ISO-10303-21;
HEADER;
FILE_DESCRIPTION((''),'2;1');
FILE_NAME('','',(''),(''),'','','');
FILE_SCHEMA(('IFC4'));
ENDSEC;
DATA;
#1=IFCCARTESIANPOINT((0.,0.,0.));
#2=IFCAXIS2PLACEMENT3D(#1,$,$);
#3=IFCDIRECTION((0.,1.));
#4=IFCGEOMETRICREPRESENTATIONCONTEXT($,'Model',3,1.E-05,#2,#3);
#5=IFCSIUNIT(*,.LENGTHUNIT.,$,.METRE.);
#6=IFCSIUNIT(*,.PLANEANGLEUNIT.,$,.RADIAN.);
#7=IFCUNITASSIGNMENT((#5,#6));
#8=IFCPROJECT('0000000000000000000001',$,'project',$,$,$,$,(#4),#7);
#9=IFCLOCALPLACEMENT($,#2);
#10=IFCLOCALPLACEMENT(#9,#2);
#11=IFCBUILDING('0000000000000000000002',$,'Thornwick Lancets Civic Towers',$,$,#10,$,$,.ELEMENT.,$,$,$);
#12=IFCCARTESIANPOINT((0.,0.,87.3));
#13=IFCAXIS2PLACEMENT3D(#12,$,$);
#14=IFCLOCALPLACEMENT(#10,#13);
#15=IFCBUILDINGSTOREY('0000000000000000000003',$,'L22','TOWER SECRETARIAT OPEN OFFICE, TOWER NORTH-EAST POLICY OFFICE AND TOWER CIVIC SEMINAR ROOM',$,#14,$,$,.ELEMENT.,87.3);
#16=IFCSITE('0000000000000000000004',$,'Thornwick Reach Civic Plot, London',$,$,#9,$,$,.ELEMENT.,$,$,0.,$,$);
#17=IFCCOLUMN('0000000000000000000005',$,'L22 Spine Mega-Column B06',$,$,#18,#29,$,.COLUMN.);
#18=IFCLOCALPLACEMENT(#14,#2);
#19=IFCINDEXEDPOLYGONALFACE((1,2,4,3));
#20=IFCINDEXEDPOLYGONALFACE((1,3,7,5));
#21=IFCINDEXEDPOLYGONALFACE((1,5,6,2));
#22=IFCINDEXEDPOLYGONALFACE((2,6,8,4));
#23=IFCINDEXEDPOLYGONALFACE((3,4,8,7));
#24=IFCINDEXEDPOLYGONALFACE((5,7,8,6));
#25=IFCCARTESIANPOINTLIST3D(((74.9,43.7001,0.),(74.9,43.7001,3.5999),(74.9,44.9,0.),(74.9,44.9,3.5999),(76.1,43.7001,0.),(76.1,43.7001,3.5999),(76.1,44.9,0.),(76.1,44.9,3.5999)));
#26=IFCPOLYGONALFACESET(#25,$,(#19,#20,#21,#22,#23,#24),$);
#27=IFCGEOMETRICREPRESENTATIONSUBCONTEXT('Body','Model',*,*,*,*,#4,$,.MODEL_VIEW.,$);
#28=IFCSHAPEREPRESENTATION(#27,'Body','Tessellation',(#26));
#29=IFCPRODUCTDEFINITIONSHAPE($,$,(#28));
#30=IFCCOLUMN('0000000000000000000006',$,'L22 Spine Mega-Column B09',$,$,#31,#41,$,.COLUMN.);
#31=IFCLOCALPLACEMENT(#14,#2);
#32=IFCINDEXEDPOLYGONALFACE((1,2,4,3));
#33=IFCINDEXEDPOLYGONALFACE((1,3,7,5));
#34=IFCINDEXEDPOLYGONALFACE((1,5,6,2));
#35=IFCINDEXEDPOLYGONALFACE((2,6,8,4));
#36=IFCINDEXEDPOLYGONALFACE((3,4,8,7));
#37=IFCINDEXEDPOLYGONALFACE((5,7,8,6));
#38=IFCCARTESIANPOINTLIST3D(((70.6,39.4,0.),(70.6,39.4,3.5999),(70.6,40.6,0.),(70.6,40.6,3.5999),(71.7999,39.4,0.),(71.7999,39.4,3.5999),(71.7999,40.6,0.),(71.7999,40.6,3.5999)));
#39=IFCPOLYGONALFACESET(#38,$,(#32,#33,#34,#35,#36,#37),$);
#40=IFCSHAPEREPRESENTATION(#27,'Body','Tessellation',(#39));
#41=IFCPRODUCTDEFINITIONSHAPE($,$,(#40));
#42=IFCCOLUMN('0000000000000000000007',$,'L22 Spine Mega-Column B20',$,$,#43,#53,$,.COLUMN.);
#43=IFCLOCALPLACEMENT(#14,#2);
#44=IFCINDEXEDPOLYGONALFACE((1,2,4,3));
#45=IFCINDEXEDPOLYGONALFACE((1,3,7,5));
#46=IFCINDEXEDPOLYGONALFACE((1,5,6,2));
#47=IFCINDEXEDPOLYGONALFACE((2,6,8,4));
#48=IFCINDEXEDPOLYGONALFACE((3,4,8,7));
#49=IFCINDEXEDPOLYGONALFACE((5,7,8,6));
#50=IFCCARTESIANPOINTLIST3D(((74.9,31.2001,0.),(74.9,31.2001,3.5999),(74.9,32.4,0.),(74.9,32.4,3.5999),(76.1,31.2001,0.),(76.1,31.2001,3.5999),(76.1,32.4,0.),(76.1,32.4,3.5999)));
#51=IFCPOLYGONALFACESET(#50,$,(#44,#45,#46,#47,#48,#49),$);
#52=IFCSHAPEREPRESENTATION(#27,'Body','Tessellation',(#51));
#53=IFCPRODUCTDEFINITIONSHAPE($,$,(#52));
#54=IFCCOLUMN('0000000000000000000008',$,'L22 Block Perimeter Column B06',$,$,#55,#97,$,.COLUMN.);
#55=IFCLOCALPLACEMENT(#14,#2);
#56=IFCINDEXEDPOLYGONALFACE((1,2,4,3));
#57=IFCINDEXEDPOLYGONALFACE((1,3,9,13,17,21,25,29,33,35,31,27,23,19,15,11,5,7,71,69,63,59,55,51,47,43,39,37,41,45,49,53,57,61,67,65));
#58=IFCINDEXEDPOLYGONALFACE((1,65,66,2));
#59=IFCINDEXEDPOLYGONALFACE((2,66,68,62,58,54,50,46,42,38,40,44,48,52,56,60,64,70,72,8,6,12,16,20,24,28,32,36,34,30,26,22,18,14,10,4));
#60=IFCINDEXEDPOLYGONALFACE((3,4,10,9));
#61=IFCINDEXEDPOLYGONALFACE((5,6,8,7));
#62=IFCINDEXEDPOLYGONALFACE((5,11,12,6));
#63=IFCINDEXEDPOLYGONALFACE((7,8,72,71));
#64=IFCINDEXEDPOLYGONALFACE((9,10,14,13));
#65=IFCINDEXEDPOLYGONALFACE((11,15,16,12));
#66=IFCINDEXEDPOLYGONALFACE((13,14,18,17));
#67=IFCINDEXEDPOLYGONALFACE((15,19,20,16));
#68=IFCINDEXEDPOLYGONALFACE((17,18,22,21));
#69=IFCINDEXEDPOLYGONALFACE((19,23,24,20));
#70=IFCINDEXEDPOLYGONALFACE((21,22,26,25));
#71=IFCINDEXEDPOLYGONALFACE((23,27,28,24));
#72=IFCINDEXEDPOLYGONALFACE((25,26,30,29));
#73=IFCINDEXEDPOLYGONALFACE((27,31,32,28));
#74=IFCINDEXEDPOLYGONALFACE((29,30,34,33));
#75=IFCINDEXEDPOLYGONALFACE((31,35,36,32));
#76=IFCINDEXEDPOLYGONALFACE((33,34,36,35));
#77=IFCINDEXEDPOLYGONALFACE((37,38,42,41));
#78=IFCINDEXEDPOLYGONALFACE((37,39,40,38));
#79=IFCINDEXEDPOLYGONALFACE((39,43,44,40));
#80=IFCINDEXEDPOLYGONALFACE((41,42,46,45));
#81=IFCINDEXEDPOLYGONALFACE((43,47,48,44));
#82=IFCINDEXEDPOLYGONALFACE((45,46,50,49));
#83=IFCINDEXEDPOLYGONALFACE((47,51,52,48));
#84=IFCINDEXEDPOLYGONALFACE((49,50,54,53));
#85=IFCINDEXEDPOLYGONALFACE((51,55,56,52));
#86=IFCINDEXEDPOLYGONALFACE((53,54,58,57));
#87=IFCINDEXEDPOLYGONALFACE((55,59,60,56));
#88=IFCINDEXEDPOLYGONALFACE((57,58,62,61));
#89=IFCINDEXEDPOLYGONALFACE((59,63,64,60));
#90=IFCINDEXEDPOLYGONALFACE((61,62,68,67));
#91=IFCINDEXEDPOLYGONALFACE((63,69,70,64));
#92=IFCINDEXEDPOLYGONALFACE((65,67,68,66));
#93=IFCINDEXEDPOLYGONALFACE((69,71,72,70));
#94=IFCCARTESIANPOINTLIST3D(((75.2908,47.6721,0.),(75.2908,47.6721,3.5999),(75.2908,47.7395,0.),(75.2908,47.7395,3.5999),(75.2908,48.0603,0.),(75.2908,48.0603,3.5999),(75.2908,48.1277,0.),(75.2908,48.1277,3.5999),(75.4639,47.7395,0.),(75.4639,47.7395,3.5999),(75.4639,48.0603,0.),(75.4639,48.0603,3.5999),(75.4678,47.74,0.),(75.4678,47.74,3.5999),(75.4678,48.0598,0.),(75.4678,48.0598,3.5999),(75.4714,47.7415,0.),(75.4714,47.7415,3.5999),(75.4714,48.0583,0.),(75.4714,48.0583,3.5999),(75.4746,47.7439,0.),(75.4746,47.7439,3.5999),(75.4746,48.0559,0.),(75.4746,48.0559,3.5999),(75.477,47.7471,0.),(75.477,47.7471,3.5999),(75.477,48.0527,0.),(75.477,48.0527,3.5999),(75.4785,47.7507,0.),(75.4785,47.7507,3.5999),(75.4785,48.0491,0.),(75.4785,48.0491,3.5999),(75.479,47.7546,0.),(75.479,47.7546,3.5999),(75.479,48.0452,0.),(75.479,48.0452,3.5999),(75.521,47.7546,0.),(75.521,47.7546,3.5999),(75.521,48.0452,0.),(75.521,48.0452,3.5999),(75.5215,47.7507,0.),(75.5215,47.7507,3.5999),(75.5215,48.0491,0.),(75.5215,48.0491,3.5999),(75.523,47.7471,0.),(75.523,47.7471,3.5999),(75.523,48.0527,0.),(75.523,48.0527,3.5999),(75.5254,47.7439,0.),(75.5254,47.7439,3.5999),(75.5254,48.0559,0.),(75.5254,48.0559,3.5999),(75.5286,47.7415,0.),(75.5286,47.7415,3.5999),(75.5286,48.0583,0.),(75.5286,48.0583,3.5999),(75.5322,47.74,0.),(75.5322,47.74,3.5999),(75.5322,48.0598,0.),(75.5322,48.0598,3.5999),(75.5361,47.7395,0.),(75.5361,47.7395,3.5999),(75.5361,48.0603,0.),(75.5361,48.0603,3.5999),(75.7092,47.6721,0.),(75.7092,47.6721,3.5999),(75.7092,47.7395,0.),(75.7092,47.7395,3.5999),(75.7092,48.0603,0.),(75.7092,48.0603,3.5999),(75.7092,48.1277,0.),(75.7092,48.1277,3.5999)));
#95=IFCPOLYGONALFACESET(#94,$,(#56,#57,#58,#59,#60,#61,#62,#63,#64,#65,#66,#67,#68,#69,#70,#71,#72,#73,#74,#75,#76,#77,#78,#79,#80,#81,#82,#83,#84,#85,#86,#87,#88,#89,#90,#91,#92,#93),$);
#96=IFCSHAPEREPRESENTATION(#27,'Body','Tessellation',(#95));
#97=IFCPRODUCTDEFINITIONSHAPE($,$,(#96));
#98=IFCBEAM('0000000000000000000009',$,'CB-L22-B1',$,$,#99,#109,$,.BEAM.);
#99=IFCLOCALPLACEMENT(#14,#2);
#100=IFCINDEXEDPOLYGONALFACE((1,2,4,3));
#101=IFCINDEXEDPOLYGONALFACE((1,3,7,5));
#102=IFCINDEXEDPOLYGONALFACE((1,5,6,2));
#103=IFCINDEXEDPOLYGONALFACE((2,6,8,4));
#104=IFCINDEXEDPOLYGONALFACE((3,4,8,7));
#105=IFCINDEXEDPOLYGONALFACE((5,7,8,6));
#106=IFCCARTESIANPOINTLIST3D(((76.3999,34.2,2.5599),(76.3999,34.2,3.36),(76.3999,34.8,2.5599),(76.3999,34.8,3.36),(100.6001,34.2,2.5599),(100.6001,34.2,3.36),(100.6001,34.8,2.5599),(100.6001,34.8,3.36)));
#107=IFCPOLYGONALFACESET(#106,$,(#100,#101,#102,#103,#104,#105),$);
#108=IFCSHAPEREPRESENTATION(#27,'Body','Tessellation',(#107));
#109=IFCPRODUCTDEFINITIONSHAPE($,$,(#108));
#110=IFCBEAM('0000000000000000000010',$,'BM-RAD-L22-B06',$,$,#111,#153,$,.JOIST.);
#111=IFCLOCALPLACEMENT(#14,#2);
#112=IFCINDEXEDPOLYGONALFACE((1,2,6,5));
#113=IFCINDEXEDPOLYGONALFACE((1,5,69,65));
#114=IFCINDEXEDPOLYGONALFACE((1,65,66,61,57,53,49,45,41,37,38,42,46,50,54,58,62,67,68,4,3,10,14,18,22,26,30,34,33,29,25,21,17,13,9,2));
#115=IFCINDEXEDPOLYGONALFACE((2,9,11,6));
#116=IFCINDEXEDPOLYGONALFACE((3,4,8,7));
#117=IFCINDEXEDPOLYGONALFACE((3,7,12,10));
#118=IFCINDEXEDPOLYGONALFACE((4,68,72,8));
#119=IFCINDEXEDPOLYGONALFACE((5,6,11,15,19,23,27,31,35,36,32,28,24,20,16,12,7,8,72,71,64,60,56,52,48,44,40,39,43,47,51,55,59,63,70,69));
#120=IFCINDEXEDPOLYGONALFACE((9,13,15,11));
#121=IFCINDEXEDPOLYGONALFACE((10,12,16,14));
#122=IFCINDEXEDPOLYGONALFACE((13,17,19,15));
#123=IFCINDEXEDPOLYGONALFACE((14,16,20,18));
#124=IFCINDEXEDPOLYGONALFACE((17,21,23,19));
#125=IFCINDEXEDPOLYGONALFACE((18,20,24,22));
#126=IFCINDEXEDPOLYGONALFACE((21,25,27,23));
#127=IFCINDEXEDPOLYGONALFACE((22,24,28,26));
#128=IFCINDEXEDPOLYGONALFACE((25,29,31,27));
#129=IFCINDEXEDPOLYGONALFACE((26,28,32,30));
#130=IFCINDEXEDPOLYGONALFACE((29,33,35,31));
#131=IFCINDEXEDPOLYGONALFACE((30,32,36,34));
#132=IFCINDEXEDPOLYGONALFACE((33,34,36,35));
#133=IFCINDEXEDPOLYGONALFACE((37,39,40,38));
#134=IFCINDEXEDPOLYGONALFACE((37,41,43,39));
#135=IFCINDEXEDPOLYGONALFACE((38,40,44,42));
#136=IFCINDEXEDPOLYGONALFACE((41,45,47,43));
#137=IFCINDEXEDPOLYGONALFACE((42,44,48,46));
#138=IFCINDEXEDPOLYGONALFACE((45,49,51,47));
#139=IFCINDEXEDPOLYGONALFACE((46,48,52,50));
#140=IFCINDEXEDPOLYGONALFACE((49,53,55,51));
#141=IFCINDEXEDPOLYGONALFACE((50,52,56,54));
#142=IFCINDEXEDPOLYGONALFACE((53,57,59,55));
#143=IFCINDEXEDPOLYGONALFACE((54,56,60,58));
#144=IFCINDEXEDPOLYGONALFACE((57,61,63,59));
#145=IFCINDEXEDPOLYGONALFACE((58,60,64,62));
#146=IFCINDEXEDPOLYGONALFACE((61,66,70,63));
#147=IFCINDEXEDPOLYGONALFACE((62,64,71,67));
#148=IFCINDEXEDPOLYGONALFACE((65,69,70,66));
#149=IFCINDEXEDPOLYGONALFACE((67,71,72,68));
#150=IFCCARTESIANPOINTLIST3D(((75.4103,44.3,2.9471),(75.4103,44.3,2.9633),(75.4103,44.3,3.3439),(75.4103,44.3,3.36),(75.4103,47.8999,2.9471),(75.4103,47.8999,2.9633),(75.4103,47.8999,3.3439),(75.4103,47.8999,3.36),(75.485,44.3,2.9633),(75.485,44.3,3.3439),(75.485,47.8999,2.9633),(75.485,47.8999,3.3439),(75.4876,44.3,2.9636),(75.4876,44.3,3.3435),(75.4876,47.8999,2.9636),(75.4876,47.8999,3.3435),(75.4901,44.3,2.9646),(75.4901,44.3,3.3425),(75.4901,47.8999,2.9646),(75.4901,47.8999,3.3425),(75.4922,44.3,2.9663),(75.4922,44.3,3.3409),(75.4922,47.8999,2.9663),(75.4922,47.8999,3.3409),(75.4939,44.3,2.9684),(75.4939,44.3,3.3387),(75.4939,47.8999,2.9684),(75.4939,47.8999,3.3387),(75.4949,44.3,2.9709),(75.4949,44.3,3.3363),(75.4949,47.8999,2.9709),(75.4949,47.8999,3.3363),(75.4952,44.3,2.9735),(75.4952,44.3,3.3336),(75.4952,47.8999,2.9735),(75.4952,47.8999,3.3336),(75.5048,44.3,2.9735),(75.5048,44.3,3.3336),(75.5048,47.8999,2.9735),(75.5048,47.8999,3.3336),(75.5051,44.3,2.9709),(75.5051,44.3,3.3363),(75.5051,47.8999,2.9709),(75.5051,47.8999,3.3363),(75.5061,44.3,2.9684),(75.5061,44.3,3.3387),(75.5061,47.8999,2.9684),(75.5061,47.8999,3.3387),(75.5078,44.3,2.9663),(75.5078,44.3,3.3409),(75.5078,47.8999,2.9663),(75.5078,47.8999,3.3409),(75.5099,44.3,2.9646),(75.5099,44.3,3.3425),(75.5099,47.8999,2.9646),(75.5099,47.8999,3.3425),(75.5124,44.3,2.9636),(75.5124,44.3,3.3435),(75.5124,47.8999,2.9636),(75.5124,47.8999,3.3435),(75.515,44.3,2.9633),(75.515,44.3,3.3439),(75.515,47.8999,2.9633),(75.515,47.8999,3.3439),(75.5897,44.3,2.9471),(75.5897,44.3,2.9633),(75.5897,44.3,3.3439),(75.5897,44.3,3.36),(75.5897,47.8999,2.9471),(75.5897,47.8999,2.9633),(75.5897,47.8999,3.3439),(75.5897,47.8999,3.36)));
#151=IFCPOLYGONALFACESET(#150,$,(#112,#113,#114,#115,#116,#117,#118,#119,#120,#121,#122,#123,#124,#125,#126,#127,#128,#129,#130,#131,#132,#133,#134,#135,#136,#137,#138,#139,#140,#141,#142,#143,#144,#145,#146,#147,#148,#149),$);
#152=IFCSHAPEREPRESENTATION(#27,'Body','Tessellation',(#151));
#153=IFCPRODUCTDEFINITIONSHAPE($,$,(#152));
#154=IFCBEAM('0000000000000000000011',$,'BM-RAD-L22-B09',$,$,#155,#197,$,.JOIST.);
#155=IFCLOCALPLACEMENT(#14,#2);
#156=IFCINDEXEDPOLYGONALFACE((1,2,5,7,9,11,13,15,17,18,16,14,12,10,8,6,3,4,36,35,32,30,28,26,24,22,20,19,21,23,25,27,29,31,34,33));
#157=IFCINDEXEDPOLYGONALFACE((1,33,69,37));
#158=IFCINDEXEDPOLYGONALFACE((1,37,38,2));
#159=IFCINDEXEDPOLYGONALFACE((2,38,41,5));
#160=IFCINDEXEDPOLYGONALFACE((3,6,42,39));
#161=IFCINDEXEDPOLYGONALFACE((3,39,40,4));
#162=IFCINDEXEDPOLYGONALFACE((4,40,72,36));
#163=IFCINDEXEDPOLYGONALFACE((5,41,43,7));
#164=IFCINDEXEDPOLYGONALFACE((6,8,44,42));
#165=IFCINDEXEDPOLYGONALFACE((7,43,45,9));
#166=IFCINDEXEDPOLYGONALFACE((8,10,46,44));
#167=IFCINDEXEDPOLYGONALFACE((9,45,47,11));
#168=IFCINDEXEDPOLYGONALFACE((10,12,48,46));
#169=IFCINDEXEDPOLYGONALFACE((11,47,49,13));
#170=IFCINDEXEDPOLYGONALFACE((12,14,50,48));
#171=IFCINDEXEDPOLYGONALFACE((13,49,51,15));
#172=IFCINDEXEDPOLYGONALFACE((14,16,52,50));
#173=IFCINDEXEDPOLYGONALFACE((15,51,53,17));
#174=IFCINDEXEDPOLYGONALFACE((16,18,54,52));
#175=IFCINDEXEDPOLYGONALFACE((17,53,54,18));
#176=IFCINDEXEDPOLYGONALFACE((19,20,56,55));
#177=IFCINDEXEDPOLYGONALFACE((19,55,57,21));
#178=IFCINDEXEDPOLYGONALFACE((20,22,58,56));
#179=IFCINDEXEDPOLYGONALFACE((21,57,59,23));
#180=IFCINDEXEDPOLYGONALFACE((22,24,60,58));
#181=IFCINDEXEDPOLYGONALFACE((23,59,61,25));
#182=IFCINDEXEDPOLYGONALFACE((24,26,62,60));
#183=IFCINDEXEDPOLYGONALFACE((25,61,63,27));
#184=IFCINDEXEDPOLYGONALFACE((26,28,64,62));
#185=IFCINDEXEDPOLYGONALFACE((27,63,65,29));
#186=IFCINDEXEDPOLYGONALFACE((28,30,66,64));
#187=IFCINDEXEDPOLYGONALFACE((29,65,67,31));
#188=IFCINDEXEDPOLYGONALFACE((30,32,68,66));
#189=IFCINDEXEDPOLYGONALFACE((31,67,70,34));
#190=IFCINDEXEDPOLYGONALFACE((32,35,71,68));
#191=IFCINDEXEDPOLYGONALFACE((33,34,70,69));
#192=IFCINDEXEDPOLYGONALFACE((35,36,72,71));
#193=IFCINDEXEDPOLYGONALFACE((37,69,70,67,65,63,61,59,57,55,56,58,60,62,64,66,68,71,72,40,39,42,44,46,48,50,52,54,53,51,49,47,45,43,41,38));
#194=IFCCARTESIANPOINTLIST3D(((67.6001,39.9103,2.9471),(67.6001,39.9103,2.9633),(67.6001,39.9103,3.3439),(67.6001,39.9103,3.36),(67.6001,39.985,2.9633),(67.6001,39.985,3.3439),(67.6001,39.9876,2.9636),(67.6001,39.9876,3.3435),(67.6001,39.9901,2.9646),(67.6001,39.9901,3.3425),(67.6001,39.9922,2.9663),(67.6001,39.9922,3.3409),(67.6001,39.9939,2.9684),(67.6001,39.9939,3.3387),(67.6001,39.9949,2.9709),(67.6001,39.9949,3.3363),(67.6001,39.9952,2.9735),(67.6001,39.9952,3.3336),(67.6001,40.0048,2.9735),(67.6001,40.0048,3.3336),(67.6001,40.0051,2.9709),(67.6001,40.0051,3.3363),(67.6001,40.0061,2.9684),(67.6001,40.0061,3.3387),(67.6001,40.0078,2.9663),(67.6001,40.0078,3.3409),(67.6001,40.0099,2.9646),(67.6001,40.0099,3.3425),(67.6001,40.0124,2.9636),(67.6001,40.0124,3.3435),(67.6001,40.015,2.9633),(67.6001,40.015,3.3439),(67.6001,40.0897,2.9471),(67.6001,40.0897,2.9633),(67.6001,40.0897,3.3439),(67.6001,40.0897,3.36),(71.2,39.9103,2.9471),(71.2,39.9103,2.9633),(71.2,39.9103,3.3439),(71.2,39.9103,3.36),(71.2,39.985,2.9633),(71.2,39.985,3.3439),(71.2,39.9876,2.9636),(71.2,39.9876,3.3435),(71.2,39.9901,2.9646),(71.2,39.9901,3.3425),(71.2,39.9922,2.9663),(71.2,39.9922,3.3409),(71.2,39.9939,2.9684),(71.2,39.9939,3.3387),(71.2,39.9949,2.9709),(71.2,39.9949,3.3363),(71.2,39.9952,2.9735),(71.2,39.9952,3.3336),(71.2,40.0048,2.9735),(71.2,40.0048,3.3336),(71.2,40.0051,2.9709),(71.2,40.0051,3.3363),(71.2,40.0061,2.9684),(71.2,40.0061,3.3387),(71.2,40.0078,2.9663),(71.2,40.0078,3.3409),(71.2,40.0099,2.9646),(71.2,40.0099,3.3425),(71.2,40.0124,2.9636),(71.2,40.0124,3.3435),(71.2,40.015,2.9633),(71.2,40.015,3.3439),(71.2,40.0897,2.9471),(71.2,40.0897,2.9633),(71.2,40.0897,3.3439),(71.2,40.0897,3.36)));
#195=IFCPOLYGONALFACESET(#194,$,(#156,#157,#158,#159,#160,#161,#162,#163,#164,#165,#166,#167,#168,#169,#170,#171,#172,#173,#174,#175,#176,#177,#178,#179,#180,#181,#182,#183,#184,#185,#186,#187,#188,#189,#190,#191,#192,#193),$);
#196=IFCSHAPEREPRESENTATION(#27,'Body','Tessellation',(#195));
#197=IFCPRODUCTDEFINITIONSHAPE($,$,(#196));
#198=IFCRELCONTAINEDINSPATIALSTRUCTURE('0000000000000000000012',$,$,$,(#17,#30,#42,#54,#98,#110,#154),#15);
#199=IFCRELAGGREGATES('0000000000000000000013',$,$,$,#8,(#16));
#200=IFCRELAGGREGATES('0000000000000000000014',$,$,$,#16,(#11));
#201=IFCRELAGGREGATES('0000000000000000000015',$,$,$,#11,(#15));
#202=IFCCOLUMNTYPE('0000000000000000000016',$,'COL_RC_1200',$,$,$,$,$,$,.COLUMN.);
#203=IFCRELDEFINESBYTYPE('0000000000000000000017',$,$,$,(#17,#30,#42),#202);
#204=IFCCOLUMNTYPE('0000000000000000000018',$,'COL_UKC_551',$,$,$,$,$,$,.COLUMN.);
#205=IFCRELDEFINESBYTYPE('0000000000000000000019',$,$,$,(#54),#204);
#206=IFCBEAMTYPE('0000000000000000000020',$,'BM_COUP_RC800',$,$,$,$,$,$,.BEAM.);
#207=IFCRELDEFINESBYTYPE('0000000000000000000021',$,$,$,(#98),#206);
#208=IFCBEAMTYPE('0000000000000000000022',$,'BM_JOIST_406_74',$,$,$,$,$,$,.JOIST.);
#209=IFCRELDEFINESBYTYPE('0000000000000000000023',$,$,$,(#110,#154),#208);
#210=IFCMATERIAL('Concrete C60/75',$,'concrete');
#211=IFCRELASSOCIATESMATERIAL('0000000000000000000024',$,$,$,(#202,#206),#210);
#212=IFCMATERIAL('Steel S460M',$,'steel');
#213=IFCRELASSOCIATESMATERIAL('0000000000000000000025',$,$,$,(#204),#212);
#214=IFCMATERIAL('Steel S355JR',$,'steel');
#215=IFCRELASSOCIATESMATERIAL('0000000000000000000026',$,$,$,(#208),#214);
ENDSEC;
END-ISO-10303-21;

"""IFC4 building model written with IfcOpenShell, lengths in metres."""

from ifc_helpers import new_model, si_unit, direction, frame, origin, origin_2d, place, context, subcontext, project, spatial, rectangle, i_section, extrude, material, material_profile, profile_set, type_object, element, save


model = new_model("IFC4")

# Units and contexts
model_context = context("Model", 3, precision=1e-05, world=origin(), true_north=direction((0.0, 1.0)))
body_context = subcontext(model_context, "Body", "Model", "MODEL_VIEW")
ifc_project = project(units=[si_unit("LENGTHUNIT", "METRE"), si_unit("PLANEANGLEUNIT", "RADIAN")], contexts=[model_context])

# Site, building, storey
site_placement = place(None, origin())
site = spatial("IfcSite", under=ifc_project, at=site_placement, Name="Thornwick Reach Civic Plot, London", CompositionType="ELEMENT", RefElevation=0.0)
building_placement = place(site_placement, origin())
building = spatial("IfcBuilding", under=site, at=building_placement, Name="Thornwick Lancets Civic Towers", CompositionType="ELEMENT")
storey_placement = place(building_placement, frame((0.0, 0.0, 87.3)))
storey = spatial("IfcBuildingStorey", under=building, at=storey_placement, Name="L22", Description="TOWER SECRETARIAT OPEN OFFICE, TOWER NORTH-EAST POLICY OFFICE AND TOWER CIVIC SEMINAR ROOM", CompositionType="ELEMENT", Elevation=87.3)

# Columns
ifc_material_1 = material(Name="Concrete C60/75", Category="concrete")
ifc_material_profile_1 = material_profile(ifc_material_1, rectangle(XDim=1.2, YDim=1.2, at=origin_2d()), Name="RC 1200x1200")
ifc_profile_set_1 = profile_set([ifc_material_profile_1], Name="Concrete C60/75")
column_type_1 = type_object("IfcColumnType", Name="COL_RC_1200", PredefinedType="COLUMN", material=ifc_profile_set_1)
for number, where, z_axis, x_axis, name in (
    (1, (75.5, 44.3, 0.0), (0.0, 0.0, 1.0), (1.0, 0.0, 0.0), "L22 Spine Mega-Column B06"),
    (2, (71.2, 40.0, 0.0), (0.0, 0.0, 1.0), (1.0, 0.0, 0.0), "L22 Spine Mega-Column B09"),
    (3, (75.5, 31.8, 0.0), (0.0, 0.0, 1.0), (1.0, 0.0, 0.0), "L22 Spine Mega-Column B20"),
):
    element("IfcColumn", number, at=place(storey_placement, frame(where, z_axis=z_axis, x_axis=x_axis)), inside=storey, type_object=column_type_1, Name=name, PredefinedType="COLUMN", context=body_context, shape_type="SweptSolid", body=[
        extrude(rectangle(XDim=1.2, YDim=1.2, at=origin_2d()), origin(), (0.0, 0.0, 1.0), 3.5999),
    ])
ifc_material_2 = material(Name="Steel S460M", Category="steel")
ifc_material_profile_2 = material_profile(ifc_material_2, i_section(OverallWidth=0.4185, OverallDepth=0.4556, WebThickness=0.042, FlangeThickness=0.0674, FilletRadius=0.0151, at=origin_2d()), Name="UKC 356x406x551")
ifc_profile_set_2 = profile_set([ifc_material_profile_2], Name="Steel S460M")
column_type_2 = type_object("IfcColumnType", Name="COL_UKC_551", PredefinedType="COLUMN", material=ifc_profile_set_2)
column_placement = place(storey_placement, frame((75.5, 47.8999, 0.0), z_axis=(0.0, 0.0, 1.0), x_axis=(1.0, 0.0, 0.0)))
element("IfcColumn", 4, at=column_placement, inside=storey, type_object=column_type_2, Name="L22 Block Perimeter Column B06", PredefinedType="COLUMN", context=body_context, shape_type="SweptSolid", body=[
    extrude(i_section(OverallWidth=0.4185, OverallDepth=0.4556, WebThickness=0.042, FlangeThickness=0.0674, FilletRadius=0.0151, at=origin_2d()), origin(), (0.0, 0.0, 1.0), 3.5999),
])

# Beams
ifc_material_profile_3 = material_profile(ifc_material_1, rectangle(XDim=0.6001, YDim=0.8, at=origin_2d()), Name="RC 600x800")
ifc_profile_set_3 = profile_set([ifc_material_profile_3], Name="Concrete C60/75")
beam_type_1 = type_object("IfcBeamType", Name="BM_COUP_RC800", PredefinedType="BEAM", material=ifc_profile_set_3)
beam_1_placement = place(storey_placement, frame((76.3999, 34.5, 2.96), z_axis=(1.0, 0.0, 0.0), x_axis=(0.0, 1.0, 0.0)))
element("IfcBeam", 5, at=beam_1_placement, inside=storey, type_object=beam_type_1, Name="CB-L22-B1", PredefinedType="BEAM", context=body_context, shape_type="SweptSolid", body=[
    extrude(rectangle(XDim=0.6001, YDim=0.8, at=origin_2d()), origin(), (0.0, 0.0, 1.0), 24.2002),
])
ifc_material_3 = material(Name="Steel S355JR", Category="steel")
ifc_material_profile_4 = material_profile(ifc_material_3, i_section(OverallWidth=0.1794, OverallDepth=0.4128, WebThickness=0.0095, FlangeThickness=0.0161, FilletRadius=0.0103, at=origin_2d()), Name="UKB 406x178x74")
ifc_profile_set_4 = profile_set([ifc_material_profile_4], Name="Steel S355JR")
beam_type_2 = type_object("IfcBeamType", Name="BM_JOIST_406_74", PredefinedType="JOIST", material=ifc_profile_set_4)
for number, where, z_axis, x_axis, name in (
    (6, (75.5, 44.3, 3.1536), (0.0, 1.0, 0.0), (-1.0, 0.0, 0.0), "BM-RAD-L22-B06"),
    (7, (71.2, 40.0, 3.1536), (-1.0, 0.0, 0.0), (0.0, -1.0, 0.0), "BM-RAD-L22-B09"),
):
    element("IfcBeam", number, at=place(storey_placement, frame(where, z_axis=z_axis, x_axis=x_axis)), inside=storey, type_object=beam_type_2, Name=name, PredefinedType="JOIST", context=body_context, shape_type="SweptSolid", body=[
        extrude(i_section(OverallWidth=0.1794, OverallDepth=0.4128, WebThickness=0.0095, FlangeThickness=0.0161, FilletRadius=0.0103, at=origin_2d()), origin(), (0.0, 0.0, 1.0), 3.5999),
    ])

save(model, "model.ifc")
